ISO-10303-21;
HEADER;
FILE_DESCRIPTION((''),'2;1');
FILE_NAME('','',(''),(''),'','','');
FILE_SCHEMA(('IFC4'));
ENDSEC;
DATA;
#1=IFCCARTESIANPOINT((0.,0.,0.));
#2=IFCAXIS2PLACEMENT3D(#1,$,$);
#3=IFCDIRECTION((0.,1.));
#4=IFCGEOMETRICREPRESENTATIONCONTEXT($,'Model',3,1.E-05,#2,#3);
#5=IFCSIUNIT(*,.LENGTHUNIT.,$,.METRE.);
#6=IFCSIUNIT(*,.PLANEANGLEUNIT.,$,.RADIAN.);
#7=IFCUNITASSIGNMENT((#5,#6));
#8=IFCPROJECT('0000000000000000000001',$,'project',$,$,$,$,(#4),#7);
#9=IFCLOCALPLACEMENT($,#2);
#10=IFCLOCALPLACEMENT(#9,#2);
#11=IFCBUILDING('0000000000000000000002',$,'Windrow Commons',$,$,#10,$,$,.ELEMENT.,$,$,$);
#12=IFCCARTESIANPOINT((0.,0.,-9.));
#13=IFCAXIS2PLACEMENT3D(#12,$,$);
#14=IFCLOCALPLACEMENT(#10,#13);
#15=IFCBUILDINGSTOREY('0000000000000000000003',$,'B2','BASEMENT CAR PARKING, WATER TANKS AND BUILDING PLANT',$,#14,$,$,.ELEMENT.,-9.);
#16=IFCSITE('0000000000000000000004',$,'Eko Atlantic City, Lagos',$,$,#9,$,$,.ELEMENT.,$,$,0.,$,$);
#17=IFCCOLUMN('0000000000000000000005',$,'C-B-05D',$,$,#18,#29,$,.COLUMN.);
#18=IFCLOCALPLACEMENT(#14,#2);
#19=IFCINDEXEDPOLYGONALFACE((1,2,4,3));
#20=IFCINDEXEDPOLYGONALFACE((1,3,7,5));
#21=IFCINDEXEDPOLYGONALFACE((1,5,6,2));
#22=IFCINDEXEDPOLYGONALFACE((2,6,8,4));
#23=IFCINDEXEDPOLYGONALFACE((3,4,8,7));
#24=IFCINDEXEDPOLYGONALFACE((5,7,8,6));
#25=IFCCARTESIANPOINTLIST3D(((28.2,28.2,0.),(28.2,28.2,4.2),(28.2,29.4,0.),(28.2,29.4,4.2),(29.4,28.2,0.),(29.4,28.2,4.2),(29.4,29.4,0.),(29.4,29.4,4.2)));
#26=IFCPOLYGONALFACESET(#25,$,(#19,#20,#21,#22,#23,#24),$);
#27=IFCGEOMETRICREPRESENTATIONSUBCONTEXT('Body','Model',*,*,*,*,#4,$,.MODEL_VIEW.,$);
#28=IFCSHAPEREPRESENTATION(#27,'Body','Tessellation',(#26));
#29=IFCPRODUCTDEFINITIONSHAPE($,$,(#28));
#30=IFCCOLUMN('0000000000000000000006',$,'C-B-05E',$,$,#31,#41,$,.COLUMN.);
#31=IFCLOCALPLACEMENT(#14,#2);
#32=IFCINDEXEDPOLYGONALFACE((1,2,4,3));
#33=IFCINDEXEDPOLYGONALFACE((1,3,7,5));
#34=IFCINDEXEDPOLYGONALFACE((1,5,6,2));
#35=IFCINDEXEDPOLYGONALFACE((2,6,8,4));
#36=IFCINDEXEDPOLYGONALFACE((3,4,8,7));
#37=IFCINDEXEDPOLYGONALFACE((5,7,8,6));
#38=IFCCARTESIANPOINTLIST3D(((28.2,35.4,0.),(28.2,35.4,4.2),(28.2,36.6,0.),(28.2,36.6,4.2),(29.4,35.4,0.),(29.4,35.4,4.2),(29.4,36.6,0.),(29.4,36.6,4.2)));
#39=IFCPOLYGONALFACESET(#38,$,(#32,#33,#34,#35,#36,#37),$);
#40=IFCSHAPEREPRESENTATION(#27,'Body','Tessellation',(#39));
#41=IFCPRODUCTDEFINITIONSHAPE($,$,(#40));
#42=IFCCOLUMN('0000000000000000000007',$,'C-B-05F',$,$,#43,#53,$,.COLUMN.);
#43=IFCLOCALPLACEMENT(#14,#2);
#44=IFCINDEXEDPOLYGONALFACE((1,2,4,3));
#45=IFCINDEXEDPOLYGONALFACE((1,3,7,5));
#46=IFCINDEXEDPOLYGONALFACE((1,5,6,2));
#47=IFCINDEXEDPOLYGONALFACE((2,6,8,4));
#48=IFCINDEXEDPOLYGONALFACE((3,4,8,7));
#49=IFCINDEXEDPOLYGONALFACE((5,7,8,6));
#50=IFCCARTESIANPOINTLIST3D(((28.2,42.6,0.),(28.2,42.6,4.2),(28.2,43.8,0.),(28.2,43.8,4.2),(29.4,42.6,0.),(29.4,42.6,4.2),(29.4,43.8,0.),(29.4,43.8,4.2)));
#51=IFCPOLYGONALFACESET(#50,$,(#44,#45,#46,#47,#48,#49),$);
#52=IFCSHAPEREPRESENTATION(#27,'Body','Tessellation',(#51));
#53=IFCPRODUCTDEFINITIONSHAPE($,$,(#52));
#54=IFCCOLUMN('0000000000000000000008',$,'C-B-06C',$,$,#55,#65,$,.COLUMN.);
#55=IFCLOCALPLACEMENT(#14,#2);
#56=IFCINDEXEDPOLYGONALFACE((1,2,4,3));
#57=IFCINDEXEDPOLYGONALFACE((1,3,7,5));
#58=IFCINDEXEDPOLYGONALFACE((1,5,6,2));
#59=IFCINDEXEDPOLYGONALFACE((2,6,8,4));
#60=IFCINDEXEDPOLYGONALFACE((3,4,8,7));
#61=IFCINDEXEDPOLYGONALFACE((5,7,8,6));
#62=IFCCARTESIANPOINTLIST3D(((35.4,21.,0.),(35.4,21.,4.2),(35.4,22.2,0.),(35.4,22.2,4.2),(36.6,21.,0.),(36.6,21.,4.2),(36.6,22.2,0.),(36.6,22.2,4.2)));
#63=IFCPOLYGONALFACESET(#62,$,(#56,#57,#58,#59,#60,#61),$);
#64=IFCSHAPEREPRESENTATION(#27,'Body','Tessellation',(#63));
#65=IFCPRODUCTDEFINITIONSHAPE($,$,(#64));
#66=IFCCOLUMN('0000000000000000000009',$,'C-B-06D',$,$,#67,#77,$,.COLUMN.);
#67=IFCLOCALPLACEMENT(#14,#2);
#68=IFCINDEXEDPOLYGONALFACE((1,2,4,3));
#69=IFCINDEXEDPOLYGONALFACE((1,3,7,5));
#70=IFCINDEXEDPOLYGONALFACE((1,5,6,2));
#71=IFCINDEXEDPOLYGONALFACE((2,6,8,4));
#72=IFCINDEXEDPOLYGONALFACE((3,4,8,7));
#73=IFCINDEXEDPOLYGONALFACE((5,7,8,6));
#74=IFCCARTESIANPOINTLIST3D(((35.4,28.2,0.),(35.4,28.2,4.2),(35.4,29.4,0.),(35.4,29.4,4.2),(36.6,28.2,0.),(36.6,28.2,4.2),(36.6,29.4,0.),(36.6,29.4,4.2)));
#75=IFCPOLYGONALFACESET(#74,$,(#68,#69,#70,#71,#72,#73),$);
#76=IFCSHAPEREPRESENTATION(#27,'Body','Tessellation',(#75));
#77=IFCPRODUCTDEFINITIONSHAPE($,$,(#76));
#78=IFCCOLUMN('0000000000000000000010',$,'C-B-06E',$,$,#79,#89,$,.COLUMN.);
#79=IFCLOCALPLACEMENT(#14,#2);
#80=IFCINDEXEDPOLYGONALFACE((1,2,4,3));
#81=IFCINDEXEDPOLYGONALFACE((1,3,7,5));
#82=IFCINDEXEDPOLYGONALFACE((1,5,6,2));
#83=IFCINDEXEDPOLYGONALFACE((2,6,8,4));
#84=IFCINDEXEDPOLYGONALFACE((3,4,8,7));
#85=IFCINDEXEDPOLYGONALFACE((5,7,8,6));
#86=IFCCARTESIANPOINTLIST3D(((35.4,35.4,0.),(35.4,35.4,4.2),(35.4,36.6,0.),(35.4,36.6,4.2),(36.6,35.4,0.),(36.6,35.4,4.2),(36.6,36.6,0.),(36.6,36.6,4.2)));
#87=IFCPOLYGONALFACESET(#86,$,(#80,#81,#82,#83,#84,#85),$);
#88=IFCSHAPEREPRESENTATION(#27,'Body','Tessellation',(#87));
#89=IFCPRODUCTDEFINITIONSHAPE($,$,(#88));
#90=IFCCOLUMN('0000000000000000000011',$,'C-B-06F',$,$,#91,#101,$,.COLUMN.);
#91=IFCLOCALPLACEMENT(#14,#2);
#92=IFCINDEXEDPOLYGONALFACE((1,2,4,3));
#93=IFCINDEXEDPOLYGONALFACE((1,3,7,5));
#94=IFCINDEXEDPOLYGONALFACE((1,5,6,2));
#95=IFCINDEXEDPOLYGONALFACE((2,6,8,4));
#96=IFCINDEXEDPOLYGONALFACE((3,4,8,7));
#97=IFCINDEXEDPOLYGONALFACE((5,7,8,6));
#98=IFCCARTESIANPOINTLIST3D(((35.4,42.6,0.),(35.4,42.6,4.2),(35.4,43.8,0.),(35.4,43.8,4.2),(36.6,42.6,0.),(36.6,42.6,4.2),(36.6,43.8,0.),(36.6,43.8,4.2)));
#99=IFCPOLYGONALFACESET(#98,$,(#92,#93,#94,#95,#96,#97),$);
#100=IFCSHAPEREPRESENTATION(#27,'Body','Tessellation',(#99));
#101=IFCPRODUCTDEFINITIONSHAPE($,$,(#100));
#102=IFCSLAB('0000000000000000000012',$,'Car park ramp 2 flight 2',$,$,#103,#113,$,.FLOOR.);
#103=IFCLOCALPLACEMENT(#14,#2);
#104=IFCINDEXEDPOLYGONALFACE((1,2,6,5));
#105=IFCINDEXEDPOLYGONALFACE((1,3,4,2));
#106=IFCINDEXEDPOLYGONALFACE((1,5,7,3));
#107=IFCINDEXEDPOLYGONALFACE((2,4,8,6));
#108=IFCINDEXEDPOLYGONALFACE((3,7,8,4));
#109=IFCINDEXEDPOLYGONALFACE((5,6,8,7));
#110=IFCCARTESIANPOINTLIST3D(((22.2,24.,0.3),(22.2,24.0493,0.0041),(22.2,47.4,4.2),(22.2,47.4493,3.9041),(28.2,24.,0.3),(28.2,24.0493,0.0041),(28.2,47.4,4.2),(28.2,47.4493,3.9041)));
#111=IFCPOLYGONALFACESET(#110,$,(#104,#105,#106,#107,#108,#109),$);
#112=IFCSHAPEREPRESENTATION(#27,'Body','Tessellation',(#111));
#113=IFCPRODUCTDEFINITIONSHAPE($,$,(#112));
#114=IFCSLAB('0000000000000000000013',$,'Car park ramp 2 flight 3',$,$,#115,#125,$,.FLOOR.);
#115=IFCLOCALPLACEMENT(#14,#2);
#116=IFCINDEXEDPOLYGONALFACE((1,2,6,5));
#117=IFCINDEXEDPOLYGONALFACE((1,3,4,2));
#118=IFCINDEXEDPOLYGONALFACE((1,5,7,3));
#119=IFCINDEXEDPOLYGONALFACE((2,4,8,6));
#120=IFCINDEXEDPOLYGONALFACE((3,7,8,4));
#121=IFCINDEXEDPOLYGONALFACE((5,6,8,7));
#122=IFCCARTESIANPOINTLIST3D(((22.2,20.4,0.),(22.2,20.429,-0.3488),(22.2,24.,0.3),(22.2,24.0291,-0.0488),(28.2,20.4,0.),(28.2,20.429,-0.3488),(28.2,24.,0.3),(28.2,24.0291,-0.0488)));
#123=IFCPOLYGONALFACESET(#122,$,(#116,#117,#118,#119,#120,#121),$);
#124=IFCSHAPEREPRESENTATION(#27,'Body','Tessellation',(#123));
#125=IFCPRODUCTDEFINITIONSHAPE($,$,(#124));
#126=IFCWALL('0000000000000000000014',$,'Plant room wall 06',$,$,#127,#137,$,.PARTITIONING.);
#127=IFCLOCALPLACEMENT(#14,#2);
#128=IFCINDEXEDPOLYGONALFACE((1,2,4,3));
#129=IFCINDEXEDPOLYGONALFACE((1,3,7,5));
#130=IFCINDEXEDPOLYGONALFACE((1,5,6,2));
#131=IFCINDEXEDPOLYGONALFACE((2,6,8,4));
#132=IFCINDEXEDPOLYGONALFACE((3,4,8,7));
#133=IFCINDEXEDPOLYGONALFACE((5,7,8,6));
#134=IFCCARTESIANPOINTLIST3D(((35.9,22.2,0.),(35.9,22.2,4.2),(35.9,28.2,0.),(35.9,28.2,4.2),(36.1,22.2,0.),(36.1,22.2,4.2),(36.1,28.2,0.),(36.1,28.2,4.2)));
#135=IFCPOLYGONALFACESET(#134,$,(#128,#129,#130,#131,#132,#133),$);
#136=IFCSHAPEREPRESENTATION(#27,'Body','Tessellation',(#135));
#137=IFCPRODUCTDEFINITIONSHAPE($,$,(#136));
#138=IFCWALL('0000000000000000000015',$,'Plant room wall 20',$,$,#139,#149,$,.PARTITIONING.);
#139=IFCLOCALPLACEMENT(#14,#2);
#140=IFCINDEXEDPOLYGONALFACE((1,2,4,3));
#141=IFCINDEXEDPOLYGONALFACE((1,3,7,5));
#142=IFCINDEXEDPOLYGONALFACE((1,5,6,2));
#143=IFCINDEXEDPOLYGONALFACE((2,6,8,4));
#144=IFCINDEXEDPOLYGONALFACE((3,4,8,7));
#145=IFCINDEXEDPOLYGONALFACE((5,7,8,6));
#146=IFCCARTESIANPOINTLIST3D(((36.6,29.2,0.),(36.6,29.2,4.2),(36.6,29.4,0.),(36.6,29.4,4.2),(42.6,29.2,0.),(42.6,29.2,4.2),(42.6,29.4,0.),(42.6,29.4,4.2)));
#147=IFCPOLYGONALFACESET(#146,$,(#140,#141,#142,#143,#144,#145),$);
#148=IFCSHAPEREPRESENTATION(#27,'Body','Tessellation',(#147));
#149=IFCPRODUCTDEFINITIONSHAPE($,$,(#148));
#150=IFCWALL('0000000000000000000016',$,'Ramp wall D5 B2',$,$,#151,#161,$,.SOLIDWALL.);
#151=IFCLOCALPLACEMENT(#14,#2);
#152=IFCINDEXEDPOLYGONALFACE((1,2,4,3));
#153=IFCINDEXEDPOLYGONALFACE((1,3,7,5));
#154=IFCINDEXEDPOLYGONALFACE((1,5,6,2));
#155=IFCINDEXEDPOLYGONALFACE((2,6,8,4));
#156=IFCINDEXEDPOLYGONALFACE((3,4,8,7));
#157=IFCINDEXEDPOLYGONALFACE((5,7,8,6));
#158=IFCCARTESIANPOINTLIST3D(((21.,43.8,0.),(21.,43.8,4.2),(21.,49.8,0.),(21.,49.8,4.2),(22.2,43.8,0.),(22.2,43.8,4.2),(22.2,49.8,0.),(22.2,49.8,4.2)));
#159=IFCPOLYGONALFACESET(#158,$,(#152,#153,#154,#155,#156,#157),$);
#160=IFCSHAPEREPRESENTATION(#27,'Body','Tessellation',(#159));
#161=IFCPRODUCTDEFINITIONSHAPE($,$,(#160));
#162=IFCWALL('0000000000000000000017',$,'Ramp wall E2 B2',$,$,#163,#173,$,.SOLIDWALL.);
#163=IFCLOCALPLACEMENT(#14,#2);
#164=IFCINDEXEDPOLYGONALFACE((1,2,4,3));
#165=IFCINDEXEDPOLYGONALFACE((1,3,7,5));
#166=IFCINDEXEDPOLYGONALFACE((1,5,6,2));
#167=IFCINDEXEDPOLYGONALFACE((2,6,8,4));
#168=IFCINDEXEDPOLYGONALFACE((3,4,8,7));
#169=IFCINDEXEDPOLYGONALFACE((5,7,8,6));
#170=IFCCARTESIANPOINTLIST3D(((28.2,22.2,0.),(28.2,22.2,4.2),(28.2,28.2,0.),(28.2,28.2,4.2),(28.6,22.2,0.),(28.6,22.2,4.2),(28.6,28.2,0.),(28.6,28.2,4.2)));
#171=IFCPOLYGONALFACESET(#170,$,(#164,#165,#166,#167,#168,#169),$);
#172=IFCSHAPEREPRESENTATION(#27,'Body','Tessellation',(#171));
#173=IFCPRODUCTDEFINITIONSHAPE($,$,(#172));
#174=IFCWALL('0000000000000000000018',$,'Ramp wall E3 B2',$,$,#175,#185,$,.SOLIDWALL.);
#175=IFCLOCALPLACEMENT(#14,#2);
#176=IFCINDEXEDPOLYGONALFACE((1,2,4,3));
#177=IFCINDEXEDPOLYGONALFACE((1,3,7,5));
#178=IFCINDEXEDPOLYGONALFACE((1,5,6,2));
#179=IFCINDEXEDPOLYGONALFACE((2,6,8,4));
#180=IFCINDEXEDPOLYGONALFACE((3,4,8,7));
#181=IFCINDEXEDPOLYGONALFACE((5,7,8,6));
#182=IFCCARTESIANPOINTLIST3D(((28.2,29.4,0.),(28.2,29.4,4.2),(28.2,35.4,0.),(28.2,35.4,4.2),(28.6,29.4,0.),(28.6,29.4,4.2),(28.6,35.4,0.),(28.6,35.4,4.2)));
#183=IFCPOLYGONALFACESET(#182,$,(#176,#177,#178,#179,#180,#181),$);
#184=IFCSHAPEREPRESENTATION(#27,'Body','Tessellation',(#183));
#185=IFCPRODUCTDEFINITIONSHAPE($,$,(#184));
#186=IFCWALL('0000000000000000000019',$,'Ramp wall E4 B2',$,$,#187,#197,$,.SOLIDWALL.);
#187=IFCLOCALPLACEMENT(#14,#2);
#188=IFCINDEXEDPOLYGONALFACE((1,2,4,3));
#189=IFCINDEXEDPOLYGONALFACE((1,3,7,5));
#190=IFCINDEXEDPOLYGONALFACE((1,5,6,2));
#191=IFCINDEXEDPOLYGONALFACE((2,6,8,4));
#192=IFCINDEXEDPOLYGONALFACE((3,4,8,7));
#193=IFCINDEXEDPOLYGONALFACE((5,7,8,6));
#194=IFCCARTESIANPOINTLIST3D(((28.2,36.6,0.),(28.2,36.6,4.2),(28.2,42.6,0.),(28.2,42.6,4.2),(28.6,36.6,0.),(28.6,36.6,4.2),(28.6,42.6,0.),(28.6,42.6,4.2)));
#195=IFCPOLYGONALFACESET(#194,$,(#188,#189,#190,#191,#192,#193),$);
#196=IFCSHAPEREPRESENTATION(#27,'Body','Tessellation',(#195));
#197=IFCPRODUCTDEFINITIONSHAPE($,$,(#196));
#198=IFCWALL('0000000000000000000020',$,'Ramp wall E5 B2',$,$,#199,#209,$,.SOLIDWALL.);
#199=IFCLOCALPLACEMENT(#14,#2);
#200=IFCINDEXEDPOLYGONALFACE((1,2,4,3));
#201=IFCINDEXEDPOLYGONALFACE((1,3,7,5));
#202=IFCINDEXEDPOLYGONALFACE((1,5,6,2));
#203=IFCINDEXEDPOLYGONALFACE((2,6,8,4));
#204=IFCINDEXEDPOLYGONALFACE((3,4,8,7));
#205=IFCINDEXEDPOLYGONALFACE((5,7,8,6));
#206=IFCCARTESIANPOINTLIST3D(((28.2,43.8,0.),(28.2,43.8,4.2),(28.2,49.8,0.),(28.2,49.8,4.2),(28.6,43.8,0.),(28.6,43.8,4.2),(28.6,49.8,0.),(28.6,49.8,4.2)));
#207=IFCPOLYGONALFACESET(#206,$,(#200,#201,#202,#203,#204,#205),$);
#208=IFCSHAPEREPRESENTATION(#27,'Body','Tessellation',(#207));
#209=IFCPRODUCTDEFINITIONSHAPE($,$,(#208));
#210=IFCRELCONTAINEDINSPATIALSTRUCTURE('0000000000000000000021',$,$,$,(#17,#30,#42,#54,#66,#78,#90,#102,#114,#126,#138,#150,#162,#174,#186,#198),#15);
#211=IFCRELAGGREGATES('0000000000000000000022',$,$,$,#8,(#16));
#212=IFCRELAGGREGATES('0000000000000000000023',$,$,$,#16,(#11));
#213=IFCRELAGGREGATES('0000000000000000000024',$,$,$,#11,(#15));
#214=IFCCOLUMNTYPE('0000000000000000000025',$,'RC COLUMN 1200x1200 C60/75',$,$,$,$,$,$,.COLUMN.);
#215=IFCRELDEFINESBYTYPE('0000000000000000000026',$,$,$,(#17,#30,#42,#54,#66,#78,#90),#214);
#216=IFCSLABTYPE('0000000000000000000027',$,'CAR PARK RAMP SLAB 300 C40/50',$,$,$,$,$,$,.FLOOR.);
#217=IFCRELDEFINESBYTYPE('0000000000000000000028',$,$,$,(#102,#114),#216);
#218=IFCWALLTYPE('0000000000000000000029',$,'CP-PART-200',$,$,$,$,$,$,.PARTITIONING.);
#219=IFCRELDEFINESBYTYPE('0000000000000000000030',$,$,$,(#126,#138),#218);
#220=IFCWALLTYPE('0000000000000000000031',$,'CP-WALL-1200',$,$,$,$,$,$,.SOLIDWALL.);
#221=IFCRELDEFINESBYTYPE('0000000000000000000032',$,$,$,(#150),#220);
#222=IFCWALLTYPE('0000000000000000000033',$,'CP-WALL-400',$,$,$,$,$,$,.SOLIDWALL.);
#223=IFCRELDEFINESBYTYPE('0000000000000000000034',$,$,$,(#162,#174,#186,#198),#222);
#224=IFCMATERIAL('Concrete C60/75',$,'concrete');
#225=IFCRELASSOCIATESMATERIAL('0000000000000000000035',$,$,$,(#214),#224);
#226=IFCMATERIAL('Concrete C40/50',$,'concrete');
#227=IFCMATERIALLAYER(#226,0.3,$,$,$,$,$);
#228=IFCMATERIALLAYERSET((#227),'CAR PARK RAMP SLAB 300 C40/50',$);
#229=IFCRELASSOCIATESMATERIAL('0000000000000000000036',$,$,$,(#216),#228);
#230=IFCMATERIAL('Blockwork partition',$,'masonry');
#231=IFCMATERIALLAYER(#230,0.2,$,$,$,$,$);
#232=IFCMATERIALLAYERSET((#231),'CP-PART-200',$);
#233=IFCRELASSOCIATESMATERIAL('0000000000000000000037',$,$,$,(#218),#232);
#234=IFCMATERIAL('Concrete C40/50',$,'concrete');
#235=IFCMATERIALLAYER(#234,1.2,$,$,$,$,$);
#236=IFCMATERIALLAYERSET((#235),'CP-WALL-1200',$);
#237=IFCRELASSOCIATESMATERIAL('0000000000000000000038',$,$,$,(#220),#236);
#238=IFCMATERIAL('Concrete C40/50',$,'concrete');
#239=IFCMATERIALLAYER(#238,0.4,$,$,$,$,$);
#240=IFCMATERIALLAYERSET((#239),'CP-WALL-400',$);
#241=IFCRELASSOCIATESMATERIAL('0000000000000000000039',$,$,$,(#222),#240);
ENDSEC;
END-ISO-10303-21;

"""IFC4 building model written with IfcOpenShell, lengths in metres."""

from ifc_helpers import new_model, si_unit, direction, frame, frame_2d, origin, origin_2d, place, context, subcontext, project, spatial, polyline, rectangle, outline, extrude, material, layer, layer_set, material_profile, profile_set, type_object, element, save


model = new_model("IFC4")

# Units and contexts
model_context = context("Model", 3, precision=1e-05, world=origin(), true_north=direction((0.0, 1.0)))
body_context = subcontext(model_context, "Body", "Model", "MODEL_VIEW")
ifc_project = project(units=[si_unit("LENGTHUNIT", "METRE"), si_unit("PLANEANGLEUNIT", "RADIAN")], contexts=[model_context])

# Site, building, storey
site_placement = place(None, origin())
site = spatial("IfcSite", under=ifc_project, at=site_placement, Name="Eko Atlantic City, Lagos", CompositionType="ELEMENT", RefElevation=0.0)
building_placement = place(site_placement, origin())
building = spatial("IfcBuilding", under=site, at=building_placement, Name="Windrow Commons", CompositionType="ELEMENT")
storey_placement = place(building_placement, frame((0.0, 0.0, -9.0)))
storey = spatial("IfcBuildingStorey", under=building, at=storey_placement, Name="B2", Description="BASEMENT CAR PARKING, WATER TANKS AND BUILDING PLANT", CompositionType="ELEMENT", Elevation=-9.0)

# Columns
ifc_material_1 = material(Name="Concrete C60/75", Category="concrete")
ifc_material_profile_1 = material_profile(ifc_material_1, rectangle(XDim=1.2, YDim=1.2, at=origin_2d()))
ifc_profile_set_1 = profile_set([ifc_material_profile_1], Name="Concrete C60/75")
column_type = type_object("IfcColumnType", Name="RC COLUMN 1200x1200 C60/75", PredefinedType="COLUMN", material=ifc_profile_set_1)
for number, where, z_axis, x_axis, name in (
    (1, (28.8, 28.8, 0.0), (0.0, 0.0, 1.0), (1.0, 0.0, 0.0), "C-B-05D"),
    (2, (28.8, 36.0, 0.0), (0.0, 0.0, 1.0), (1.0, 0.0, 0.0), "C-B-05E"),
    (3, (28.8, 43.2, 0.0), (0.0, 0.0, 1.0), (1.0, 0.0, 0.0), "C-B-05F"),
    (4, (36.0, 21.6, 0.0), (0.0, 0.0, 1.0), (1.0, 0.0, 0.0), "C-B-06C"),
    (5, (36.0, 28.8, 0.0), (0.0, 0.0, 1.0), (1.0, 0.0, 0.0), "C-B-06D"),
    (6, (36.0, 36.0, 0.0), (0.0, 0.0, 1.0), (1.0, 0.0, 0.0), "C-B-06E"),
    (7, (36.0, 43.2, 0.0), (0.0, 0.0, 1.0), (1.0, 0.0, 0.0), "C-B-06F"),
):
    element("IfcColumn", number, at=place(storey_placement, frame(where, z_axis=z_axis, x_axis=x_axis)), inside=storey, type_object=column_type, Name=name, PredefinedType="COLUMN", context=body_context, shape_type="SweptSolid", body=[
        extrude(rectangle(XDim=1.2, YDim=1.2, at=origin_2d()), origin(), (0.0, 0.0, 1.0), 4.2),
    ])

# Slabs
ifc_material_2 = material(Name="Concrete C40/50", Category="concrete")
ifc_layer_1 = layer(ifc_material_2, 0.3)
ifc_layer_set_1 = layer_set([ifc_layer_1], Name="CAR PARK RAMP SLAB 300 C40/50")
slab_type = type_object("IfcSlabType", Name="CAR PARK RAMP SLAB 300 C40/50", PredefinedType="FLOOR", material=ifc_layer_set_1)
slab_1_placement = place(storey_placement, frame((22.2, 47.4, 4.2), z_axis=(0.0, -0.164399, 0.986394), x_axis=(1.0, 0.0, 0.0)))
element("IfcSlab", 8, at=slab_1_placement, inside=storey, type_object=slab_type, Name="Car park ramp 2 flight 2", PredefinedType="FLOOR", context=body_context, shape_type="SweptSolid", body=[
    extrude(outline(polyline([(0.0, 0.0), (6.0, 0.0), (6.0, -23.7228), (0.0, -23.7228), (0.0, 0.0)])), origin(), (0.0, 0.0, -1.0), 0.3),
])
slab_2_placement = place(storey_placement, frame((22.2, 24.0, 0.3), z_axis=(0.0, -0.083045, 0.996546), x_axis=(1.0, 0.0, 0.0)))
element("IfcSlab", 9, at=slab_2_placement, inside=storey, type_object=slab_type, Name="Car park ramp 2 flight 3", PredefinedType="FLOOR", context=body_context, shape_type="SweptSolid", body=[
    extrude(outline(polyline([(0.0, 0.0), (6.0, 0.0), (6.0, -3.6125), (0.0, -3.6125), (0.0, 0.0)])), origin(), (0.0, 0.0, -1.0), 0.35),
])

# Walls
ifc_material_3 = material(Name="Blockwork partition", Category="masonry")
ifc_layer_2 = layer(ifc_material_3, 0.2)
ifc_layer_set_2 = layer_set([ifc_layer_2], Name="CP-PART-200")
wall_type_1 = type_object("IfcWallType", Name="CP-PART-200", PredefinedType="PARTITIONING", material=ifc_layer_set_2)
for number, where, z_axis, x_axis, name in (
    (10, (36.0, 22.2, 0.0), (0.0, 0.0, 1.0), (0.0, 1.0, 0.0), "Plant room wall 06"),
    (11, (36.6, 29.3, 0.0), (0.0, 0.0, 1.0), (1.0, 0.0, 0.0), "Plant room wall 20"),
):
    element("IfcWall", number, at=place(storey_placement, frame(where, z_axis=z_axis, x_axis=x_axis)), inside=storey, type_object=wall_type_1, Name=name, PredefinedType="PARTITIONING", context=body_context, shape_type="SweptSolid", body=[
        extrude(rectangle(XDim=6.0, YDim=0.2, at=frame_2d((3.0, 0.0))), origin(), (0.0, 0.0, 1.0), 4.2),
    ])
ifc_material_4 = material(Name="Concrete C40/50", Category="concrete")
ifc_layer_3 = layer(ifc_material_4, 1.2)
ifc_layer_set_3 = layer_set([ifc_layer_3], Name="CP-WALL-1200")
wall_type_2 = type_object("IfcWallType", Name="CP-WALL-1200", PredefinedType="SOLIDWALL", material=ifc_layer_set_3)
wall_placement = place(storey_placement, frame((21.6, 43.8, 0.0), z_axis=(0.0, 0.0, 1.0), x_axis=(0.0, 1.0, 0.0)))
element("IfcWall", 12, at=wall_placement, inside=storey, type_object=wall_type_2, Name="Ramp wall D5 B2", PredefinedType="SOLIDWALL", context=body_context, shape_type="SweptSolid", body=[
    extrude(rectangle(XDim=6.0, YDim=1.2, at=frame_2d((3.0, 0.0))), origin(), (0.0, 0.0, 1.0), 4.2),
])
ifc_material_5 = material(Name="Concrete C40/50", Category="concrete")
ifc_layer_4 = layer(ifc_material_5, 0.4)
ifc_layer_set_4 = layer_set([ifc_layer_4], Name="CP-WALL-400")
wall_type_3 = type_object("IfcWallType", Name="CP-WALL-400", PredefinedType="SOLIDWALL", material=ifc_layer_set_4)
for number, where, z_axis, x_axis, name in (
    (13, (28.4, 22.2, 0.0), (0.0, 0.0, 1.0), (0.0, 1.0, 0.0), "Ramp wall E2 B2"),
    (14, (28.4, 29.4, 0.0), (0.0, 0.0, 1.0), (0.0, 1.0, 0.0), "Ramp wall E3 B2"),
    (15, (28.4, 36.6, 0.0), (0.0, 0.0, 1.0), (0.0, 1.0, 0.0), "Ramp wall E4 B2"),
    (16, (28.4, 43.8, 0.0), (0.0, 0.0, 1.0), (0.0, 1.0, 0.0), "Ramp wall E5 B2"),
):
    element("IfcWall", number, at=place(storey_placement, frame(where, z_axis=z_axis, x_axis=x_axis)), inside=storey, type_object=wall_type_3, Name=name, PredefinedType="SOLIDWALL", context=body_context, shape_type="SweptSolid", body=[
        extrude(rectangle(XDim=6.0, YDim=0.4, at=frame_2d((3.0, 0.0))), origin(), (0.0, 0.0, 1.0), 4.2),
    ])

save(model, "model.ifc")
